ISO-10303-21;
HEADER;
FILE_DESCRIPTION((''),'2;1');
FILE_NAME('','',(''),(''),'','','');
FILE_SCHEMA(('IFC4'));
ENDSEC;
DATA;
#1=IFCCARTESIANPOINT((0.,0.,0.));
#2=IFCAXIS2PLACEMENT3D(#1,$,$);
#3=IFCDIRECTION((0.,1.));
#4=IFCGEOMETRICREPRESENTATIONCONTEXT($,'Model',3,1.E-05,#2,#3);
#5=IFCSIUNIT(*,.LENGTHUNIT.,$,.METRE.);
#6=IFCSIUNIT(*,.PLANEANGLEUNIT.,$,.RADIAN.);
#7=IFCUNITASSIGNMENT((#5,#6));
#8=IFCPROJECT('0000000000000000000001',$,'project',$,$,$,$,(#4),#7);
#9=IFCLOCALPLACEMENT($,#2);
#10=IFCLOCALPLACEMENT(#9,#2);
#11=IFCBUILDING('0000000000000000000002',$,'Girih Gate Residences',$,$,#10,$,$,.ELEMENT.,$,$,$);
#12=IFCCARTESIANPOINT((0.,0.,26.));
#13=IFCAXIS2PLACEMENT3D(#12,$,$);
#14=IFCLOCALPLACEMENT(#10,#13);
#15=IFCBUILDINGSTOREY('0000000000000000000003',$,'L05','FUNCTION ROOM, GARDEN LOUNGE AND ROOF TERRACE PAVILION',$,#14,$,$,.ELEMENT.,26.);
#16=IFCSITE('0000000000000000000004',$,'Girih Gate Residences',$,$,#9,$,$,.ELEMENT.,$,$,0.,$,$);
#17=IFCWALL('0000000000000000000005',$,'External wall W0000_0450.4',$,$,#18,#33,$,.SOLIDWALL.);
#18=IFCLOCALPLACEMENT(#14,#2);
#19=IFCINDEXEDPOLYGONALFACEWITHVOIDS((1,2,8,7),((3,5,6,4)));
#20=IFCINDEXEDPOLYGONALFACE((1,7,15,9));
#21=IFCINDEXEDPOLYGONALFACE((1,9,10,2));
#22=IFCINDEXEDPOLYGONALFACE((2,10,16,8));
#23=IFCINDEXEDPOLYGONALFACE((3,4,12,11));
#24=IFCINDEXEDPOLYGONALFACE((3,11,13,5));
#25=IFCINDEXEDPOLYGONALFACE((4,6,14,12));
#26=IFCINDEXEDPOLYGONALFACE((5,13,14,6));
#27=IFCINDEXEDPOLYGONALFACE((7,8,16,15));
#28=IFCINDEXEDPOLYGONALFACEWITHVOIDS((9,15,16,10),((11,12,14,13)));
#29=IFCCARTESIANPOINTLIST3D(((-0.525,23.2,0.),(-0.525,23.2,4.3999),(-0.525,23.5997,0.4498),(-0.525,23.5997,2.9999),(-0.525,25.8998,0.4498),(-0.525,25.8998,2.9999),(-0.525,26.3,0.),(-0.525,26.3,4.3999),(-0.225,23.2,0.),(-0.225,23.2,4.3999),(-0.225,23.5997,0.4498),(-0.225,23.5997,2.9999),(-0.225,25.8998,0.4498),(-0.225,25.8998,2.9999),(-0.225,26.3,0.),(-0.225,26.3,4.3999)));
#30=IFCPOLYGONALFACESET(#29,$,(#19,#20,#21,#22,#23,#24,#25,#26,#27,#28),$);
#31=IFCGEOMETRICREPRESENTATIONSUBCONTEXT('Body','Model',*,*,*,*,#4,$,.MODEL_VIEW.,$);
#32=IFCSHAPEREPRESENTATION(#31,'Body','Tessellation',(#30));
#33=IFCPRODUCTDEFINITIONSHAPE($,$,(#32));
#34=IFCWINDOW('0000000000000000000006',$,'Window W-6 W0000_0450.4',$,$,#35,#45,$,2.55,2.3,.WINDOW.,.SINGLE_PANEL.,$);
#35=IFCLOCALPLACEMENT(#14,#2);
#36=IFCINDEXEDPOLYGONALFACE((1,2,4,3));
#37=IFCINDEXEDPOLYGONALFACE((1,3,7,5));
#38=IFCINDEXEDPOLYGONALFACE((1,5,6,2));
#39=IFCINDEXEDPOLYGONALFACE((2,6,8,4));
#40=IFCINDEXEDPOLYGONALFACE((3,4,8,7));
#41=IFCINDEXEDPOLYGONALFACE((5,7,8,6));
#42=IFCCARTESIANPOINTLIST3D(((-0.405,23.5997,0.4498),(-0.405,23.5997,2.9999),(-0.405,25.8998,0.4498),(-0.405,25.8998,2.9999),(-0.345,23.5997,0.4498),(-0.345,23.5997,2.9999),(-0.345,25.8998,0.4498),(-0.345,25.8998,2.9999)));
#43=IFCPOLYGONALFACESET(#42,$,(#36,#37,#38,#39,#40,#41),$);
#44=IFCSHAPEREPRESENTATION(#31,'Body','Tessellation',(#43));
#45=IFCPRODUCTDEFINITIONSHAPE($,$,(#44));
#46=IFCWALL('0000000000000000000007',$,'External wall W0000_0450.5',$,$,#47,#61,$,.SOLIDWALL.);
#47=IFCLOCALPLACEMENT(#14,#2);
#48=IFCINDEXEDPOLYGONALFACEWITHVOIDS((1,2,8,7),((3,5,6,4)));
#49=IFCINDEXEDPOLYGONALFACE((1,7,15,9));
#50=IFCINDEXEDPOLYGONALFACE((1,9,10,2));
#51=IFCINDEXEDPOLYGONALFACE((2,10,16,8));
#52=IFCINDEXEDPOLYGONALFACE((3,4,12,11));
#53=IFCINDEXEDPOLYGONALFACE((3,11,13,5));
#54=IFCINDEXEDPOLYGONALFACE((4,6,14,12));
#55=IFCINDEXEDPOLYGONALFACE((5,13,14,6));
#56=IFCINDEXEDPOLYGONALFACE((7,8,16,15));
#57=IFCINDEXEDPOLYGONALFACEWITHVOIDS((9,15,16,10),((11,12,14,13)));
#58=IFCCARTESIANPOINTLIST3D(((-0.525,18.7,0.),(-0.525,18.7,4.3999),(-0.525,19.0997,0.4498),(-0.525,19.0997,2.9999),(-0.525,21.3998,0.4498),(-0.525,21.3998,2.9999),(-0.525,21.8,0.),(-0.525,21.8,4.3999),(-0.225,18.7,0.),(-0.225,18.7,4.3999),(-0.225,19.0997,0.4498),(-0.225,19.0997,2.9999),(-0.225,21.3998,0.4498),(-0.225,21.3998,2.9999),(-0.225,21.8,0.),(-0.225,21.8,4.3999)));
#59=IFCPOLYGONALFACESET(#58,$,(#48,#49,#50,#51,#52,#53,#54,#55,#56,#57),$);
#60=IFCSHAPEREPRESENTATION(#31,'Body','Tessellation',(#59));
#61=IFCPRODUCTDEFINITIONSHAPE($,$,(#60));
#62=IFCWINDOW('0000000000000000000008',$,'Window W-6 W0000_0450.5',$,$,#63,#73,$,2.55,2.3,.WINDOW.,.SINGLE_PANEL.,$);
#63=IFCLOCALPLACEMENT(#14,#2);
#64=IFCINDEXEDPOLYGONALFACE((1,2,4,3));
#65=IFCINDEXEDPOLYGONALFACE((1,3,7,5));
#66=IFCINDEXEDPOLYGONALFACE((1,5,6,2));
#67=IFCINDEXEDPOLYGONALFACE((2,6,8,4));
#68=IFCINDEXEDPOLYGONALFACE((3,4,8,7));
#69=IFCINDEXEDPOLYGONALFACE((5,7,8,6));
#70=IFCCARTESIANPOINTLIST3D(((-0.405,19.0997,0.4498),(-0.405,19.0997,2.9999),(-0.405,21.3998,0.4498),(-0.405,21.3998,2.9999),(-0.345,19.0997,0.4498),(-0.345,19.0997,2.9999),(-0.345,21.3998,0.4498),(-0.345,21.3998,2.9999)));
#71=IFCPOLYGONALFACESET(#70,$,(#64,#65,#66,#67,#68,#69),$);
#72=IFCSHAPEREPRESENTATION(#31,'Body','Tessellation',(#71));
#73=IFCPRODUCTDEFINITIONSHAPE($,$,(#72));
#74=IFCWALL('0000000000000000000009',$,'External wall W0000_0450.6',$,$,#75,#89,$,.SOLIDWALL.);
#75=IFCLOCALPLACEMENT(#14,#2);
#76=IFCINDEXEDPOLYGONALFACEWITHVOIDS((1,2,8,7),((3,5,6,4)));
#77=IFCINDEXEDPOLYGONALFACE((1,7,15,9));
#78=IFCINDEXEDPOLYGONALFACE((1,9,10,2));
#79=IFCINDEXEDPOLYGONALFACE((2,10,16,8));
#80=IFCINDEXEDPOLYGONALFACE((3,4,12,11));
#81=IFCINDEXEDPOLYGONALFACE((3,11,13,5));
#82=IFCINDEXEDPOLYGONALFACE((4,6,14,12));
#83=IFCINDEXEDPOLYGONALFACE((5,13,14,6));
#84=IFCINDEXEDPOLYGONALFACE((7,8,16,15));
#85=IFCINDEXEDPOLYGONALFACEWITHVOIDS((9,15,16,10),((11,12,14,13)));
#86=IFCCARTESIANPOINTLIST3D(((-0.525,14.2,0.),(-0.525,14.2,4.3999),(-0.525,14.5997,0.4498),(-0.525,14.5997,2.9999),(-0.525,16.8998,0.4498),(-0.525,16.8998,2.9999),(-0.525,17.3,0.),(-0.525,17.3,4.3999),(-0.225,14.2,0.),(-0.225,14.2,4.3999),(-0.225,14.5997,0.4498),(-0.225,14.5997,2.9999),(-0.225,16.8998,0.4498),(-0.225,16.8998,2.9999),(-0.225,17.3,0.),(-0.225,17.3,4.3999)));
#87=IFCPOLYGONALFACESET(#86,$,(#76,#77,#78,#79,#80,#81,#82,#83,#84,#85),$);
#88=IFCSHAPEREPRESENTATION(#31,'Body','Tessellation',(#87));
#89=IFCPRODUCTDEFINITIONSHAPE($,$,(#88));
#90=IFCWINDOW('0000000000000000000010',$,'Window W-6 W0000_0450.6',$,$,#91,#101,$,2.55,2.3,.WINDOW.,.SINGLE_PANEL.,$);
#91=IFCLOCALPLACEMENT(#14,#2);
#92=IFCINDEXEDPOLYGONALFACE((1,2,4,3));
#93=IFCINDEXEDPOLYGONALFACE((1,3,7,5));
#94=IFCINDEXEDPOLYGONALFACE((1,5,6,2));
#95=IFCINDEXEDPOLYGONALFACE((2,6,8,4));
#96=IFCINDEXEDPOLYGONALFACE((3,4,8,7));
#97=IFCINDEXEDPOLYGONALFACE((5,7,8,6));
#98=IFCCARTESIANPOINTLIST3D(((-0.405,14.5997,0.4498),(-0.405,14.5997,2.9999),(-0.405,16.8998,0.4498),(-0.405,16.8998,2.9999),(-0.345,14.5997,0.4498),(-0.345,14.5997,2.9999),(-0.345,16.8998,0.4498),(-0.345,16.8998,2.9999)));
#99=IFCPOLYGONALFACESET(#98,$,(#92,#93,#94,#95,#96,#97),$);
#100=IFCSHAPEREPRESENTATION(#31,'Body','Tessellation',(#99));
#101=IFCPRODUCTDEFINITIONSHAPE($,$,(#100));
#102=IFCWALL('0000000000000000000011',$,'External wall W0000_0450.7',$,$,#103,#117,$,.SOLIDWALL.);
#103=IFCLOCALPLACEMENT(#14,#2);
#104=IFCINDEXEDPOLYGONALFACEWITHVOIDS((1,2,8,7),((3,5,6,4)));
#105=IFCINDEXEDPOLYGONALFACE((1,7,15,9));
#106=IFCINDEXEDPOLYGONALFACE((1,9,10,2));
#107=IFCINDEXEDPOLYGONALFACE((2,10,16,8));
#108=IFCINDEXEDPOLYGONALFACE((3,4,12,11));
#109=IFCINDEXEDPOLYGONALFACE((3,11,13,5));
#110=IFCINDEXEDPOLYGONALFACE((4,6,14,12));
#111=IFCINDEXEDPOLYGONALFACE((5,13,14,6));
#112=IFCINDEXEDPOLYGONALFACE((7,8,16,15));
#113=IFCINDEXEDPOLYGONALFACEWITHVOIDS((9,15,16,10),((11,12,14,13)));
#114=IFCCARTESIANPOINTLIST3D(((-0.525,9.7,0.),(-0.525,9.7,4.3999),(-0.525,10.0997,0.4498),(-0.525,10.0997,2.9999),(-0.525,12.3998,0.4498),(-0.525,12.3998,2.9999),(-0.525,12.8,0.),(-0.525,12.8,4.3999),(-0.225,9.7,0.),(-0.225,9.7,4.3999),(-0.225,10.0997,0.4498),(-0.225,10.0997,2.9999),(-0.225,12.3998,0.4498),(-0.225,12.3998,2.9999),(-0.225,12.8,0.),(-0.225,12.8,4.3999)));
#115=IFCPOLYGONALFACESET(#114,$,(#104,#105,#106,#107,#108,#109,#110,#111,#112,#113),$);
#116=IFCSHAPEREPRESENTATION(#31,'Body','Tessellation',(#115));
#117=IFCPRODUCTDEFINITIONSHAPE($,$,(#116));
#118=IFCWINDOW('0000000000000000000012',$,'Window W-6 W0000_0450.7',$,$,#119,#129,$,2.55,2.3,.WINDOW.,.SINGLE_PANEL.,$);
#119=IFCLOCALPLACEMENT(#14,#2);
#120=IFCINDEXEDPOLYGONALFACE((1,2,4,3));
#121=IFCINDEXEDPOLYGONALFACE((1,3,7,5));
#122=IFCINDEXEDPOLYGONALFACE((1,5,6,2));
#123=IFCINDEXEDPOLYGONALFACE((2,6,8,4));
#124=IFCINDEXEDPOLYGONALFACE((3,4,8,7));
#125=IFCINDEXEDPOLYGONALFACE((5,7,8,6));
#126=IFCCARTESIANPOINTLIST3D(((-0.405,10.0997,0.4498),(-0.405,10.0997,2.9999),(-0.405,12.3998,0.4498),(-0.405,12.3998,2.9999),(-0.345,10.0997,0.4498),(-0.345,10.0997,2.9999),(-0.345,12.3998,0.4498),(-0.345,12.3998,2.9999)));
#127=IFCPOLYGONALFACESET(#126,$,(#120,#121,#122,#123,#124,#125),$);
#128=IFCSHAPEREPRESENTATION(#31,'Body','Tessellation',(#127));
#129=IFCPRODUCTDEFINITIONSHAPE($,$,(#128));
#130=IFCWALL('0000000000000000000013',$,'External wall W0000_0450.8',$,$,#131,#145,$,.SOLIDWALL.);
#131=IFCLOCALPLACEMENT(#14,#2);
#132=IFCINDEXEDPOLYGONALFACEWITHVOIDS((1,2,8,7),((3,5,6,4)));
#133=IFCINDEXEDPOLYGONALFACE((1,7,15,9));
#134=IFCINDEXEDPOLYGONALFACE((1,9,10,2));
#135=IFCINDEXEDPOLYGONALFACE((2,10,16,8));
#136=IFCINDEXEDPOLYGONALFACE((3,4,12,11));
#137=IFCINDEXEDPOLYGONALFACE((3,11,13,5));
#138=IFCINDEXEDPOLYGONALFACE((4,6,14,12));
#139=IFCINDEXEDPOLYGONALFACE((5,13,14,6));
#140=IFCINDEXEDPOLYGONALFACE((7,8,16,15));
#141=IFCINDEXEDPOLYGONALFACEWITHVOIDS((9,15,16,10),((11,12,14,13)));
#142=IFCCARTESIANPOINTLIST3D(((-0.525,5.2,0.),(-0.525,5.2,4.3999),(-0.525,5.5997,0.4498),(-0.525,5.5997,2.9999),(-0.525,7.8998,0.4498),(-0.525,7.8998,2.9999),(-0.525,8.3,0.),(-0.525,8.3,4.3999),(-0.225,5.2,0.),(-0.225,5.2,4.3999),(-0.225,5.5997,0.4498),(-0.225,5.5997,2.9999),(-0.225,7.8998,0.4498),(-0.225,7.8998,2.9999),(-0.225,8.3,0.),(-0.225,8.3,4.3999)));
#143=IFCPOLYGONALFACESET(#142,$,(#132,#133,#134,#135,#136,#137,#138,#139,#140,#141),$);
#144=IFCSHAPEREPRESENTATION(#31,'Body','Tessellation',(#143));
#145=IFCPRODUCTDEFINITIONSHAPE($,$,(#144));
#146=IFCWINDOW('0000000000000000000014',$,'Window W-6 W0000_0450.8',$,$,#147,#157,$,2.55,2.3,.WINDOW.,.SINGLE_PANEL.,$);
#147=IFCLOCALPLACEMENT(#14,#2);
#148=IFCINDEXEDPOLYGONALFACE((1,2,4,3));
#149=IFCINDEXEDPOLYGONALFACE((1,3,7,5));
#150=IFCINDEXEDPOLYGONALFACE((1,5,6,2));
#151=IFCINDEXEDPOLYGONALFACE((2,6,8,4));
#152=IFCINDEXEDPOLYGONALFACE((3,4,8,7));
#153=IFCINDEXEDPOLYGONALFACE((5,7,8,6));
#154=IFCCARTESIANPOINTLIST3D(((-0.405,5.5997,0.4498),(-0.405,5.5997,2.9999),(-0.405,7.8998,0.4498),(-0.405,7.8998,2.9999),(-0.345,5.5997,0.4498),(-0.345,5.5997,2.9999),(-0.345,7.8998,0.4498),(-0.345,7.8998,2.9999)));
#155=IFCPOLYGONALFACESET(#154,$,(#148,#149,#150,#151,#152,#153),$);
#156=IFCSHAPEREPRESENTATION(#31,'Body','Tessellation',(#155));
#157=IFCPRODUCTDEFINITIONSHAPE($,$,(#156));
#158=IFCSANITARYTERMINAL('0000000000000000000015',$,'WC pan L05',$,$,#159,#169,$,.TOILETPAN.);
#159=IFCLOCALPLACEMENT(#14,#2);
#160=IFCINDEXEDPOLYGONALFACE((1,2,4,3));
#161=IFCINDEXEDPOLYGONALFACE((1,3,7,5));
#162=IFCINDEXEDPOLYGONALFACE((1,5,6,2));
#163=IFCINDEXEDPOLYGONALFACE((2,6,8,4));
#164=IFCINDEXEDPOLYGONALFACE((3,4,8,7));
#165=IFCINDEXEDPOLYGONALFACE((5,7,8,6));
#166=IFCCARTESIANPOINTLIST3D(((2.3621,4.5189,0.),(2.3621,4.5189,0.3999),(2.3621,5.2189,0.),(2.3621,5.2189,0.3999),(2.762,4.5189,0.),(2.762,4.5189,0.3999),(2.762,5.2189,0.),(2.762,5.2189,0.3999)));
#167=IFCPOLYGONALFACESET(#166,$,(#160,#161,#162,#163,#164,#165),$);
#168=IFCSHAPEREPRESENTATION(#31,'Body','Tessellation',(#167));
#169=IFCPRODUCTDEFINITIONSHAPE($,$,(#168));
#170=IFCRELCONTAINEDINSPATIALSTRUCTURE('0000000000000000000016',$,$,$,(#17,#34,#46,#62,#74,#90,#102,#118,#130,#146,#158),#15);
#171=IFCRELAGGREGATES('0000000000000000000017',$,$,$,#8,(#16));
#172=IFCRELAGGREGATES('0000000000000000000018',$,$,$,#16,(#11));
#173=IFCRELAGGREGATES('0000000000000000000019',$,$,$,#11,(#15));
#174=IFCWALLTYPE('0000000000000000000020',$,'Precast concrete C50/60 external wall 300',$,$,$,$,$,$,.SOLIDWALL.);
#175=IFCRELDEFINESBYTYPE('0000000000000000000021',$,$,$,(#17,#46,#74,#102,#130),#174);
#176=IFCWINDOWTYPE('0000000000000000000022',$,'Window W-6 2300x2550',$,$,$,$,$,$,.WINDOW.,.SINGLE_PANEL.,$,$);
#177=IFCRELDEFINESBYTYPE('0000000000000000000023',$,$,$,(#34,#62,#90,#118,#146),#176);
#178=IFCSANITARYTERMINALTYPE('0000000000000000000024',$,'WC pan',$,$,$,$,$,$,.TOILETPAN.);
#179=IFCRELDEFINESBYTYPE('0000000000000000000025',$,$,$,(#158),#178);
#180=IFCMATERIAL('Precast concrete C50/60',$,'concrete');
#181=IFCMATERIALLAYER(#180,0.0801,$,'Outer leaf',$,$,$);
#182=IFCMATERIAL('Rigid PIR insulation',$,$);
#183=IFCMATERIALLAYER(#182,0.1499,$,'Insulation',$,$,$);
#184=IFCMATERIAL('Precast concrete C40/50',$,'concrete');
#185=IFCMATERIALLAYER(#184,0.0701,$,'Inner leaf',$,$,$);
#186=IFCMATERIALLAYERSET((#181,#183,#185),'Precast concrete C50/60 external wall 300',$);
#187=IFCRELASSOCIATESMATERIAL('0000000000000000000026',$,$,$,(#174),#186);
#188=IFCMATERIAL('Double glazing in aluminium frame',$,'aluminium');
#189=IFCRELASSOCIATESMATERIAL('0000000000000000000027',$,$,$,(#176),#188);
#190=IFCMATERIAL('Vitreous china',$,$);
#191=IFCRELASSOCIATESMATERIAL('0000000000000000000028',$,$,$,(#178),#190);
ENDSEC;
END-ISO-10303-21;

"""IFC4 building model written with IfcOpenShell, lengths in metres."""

from ifc_helpers import new_model, si_unit, direction, frame, frame_2d, origin, origin_2d, place, context, subcontext, project, spatial, rectangle, extrude, material, layer, layer_set, type_object, element, fill, save


model = new_model("IFC4")

# Units and contexts
model_context = context("Model", 3, precision=1e-05, world=origin(), true_north=direction((0.0, 1.0)))
body_context = subcontext(model_context, "Body", "Model", "MODEL_VIEW")
ifc_project = project(units=[si_unit("LENGTHUNIT", "METRE"), si_unit("PLANEANGLEUNIT", "RADIAN")], contexts=[model_context])

# Site, building, storey
site_placement = place(None, origin())
site = spatial("IfcSite", under=ifc_project, at=site_placement, Name="Girih Gate Residences", CompositionType="ELEMENT", RefElevation=0.0)
building_placement = place(site_placement, origin())
building = spatial("IfcBuilding", under=site, at=building_placement, Name="Girih Gate Residences", CompositionType="ELEMENT")
storey_placement = place(building_placement, frame((0.0, 0.0, 26.0)))
storey = spatial("IfcBuildingStorey", under=building, at=storey_placement, Name="L05", Description="FUNCTION ROOM, GARDEN LOUNGE AND ROOF TERRACE PAVILION", CompositionType="ELEMENT", Elevation=26.0)

# Walls, openings, windows
ifc_material_1 = material(Name="Precast concrete C50/60", Category="concrete")
ifc_layer_1 = layer(ifc_material_1, 0.0801, Name="Outer leaf")
ifc_material_2 = material(Name="Rigid PIR insulation")
ifc_layer_2 = layer(ifc_material_2, 0.1499, Name="Insulation")
ifc_material_3 = material(Name="Precast concrete C40/50", Category="concrete")
ifc_layer_3 = layer(ifc_material_3, 0.0701, Name="Inner leaf")
ifc_layer_set_1 = layer_set([ifc_layer_1, ifc_layer_2, ifc_layer_3], Name="Precast concrete C50/60 external wall 300")
wall_type_1 = type_object("IfcWallType", Name="Precast concrete C50/60 external wall 300", PredefinedType="SOLIDWALL", material=ifc_layer_set_1)
wall_1_placement = place(storey_placement, frame((-0.375, 23.2, 0.0), z_axis=(0.0, 0.0, 1.0), x_axis=(0.0, 1.0, 0.0)))
wall_1 = element("IfcWall", 1, at=wall_1_placement, inside=storey, type_object=wall_type_1, Name="External wall W0000_0450.4", PredefinedType="SOLIDWALL", context=body_context, shape_type="SweptSolid", body=[
    extrude(rectangle(XDim=3.1001, YDim=0.3, at=frame_2d((1.55, 0.0))), origin(), (0.0, 0.0, 1.0), 4.3999),
])
opening_1_placement = place(wall_1_placement, frame((0.3999, 0.0, 0.45)))
opening_1 = element("IfcOpeningElement", 2, at=opening_1_placement, cuts=wall_1, PredefinedType="OPENING", context=body_context, shape_type="SweptSolid", body=[
    extrude(rectangle(XDim=2.3, YDim=2.55, at=frame_2d((1.1499, 1.2749))), frame((0.0, 0.1599, 0.0), z_axis=(0.0, -1.0, 0.0), x_axis=(1.0, 0.0, 0.0)), (0.0, 0.0, 1.0), 0.3201),
])
ifc_material_4 = material(Name="Double glazing in aluminium frame", Category="aluminium")
window_type = type_object("IfcWindowType", Name="Window W-6 2300x2550", PartitioningType="SINGLE_PANEL", PredefinedType="WINDOW", material=ifc_material_4)
window_1_placement = place(opening_1_placement, origin())
window_1 = element("IfcWindow", 3, at=window_1_placement, inside=storey, type_object=window_type, Name="Window W-6 W0000_0450.4", OverallHeight=2.55, OverallWidth=2.3, PartitioningType="SINGLE_PANEL", PredefinedType="WINDOW", context=body_context, shape_type="SweptSolid", body=[
    extrude(rectangle(XDim=2.3, YDim=2.55, at=frame_2d((1.1499, 1.2749))), frame((0.0, 0.03, 0.0), z_axis=(0.0, -1.0, 0.0), x_axis=(1.0, 0.0, 0.0)), (0.0, 0.0, 1.0), 0.0601),
])
fill(opening_1, window_1)
wall_2_placement = place(storey_placement, frame((-0.375, 18.7, 0.0), z_axis=(0.0, 0.0, 1.0), x_axis=(0.0, 1.0, 0.0)))
wall_2 = element("IfcWall", 4, at=wall_2_placement, inside=storey, type_object=wall_type_1, Name="External wall W0000_0450.5", PredefinedType="SOLIDWALL", context=body_context, shape_type="SweptSolid", body=[
    extrude(rectangle(XDim=3.1001, YDim=0.3, at=frame_2d((1.55, 0.0))), origin(), (0.0, 0.0, 1.0), 4.3999),
])
opening_2_placement = place(wall_2_placement, frame((0.3999, 0.0, 0.45)))
opening_2 = element("IfcOpeningElement", 5, at=opening_2_placement, cuts=wall_2, PredefinedType="OPENING", context=body_context, shape_type="SweptSolid", body=[
    extrude(rectangle(XDim=2.3, YDim=2.55, at=frame_2d((1.1499, 1.2749))), frame((0.0, 0.1599, 0.0), z_axis=(0.0, -1.0, 0.0), x_axis=(1.0, 0.0, 0.0)), (0.0, 0.0, 1.0), 0.3201),
])
window_2_placement = place(opening_2_placement, origin())
window_2 = element("IfcWindow", 6, at=window_2_placement, inside=storey, type_object=window_type, Name="Window W-6 W0000_0450.5", OverallHeight=2.55, OverallWidth=2.3, PartitioningType="SINGLE_PANEL", PredefinedType="WINDOW", context=body_context, shape_type="SweptSolid", body=[
    extrude(rectangle(XDim=2.3, YDim=2.55, at=frame_2d((1.1499, 1.2749))), frame((0.0, 0.03, 0.0), z_axis=(0.0, -1.0, 0.0), x_axis=(1.0, 0.0, 0.0)), (0.0, 0.0, 1.0), 0.0601),
])
fill(opening_2, window_2)
wall_3_placement = place(storey_placement, frame((-0.375, 14.2, 0.0), z_axis=(0.0, 0.0, 1.0), x_axis=(0.0, 1.0, 0.0)))
wall_3 = element("IfcWall", 7, at=wall_3_placement, inside=storey, type_object=wall_type_1, Name="External wall W0000_0450.6", PredefinedType="SOLIDWALL", context=body_context, shape_type="SweptSolid", body=[
    extrude(rectangle(XDim=3.1001, YDim=0.3, at=frame_2d((1.55, 0.0))), origin(), (0.0, 0.0, 1.0), 4.3999),
])
opening_3_placement = place(wall_3_placement, frame((0.3999, 0.0, 0.45)))
opening_3 = element("IfcOpeningElement", 8, at=opening_3_placement, cuts=wall_3, PredefinedType="OPENING", context=body_context, shape_type="SweptSolid", body=[
    extrude(rectangle(XDim=2.3, YDim=2.55, at=frame_2d((1.1499, 1.2749))), frame((0.0, 0.1599, 0.0), z_axis=(0.0, -1.0, 0.0), x_axis=(1.0, 0.0, 0.0)), (0.0, 0.0, 1.0), 0.3201),
])
window_3_placement = place(opening_3_placement, origin())
window_3 = element("IfcWindow", 9, at=window_3_placement, inside=storey, type_object=window_type, Name="Window W-6 W0000_0450.6", OverallHeight=2.55, OverallWidth=2.3, PartitioningType="SINGLE_PANEL", PredefinedType="WINDOW", context=body_context, shape_type="SweptSolid", body=[
    extrude(rectangle(XDim=2.3, YDim=2.55, at=frame_2d((1.1499, 1.2749))), frame((0.0, 0.03, 0.0), z_axis=(0.0, -1.0, 0.0), x_axis=(1.0, 0.0, 0.0)), (0.0, 0.0, 1.0), 0.0601),
])
fill(opening_3, window_3)
wall_4_placement = place(storey_placement, frame((-0.375, 9.7, 0.0), z_axis=(0.0, 0.0, 1.0), x_axis=(0.0, 1.0, 0.0)))
wall_4 = element("IfcWall", 10, at=wall_4_placement, inside=storey, type_object=wall_type_1, Name="External wall W0000_0450.7", PredefinedType="SOLIDWALL", context=body_context, shape_type="SweptSolid", body=[
    extrude(rectangle(XDim=3.1001, YDim=0.3, at=frame_2d((1.55, 0.0))), origin(), (0.0, 0.0, 1.0), 4.3999),
])
opening_4_placement = place(wall_4_placement, frame((0.3999, 0.0, 0.45)))
opening_4 = element("IfcOpeningElement", 11, at=opening_4_placement, cuts=wall_4, PredefinedType="OPENING", context=body_context, shape_type="SweptSolid", body=[
    extrude(rectangle(XDim=2.3, YDim=2.55, at=frame_2d((1.1499, 1.2749))), frame((0.0, 0.1599, 0.0), z_axis=(0.0, -1.0, 0.0), x_axis=(1.0, 0.0, 0.0)), (0.0, 0.0, 1.0), 0.3201),
])
window_4_placement = place(opening_4_placement, origin())
window_4 = element("IfcWindow", 12, at=window_4_placement, inside=storey, type_object=window_type, Name="Window W-6 W0000_0450.7", OverallHeight=2.55, OverallWidth=2.3, PartitioningType="SINGLE_PANEL", PredefinedType="WINDOW", context=body_context, shape_type="SweptSolid", body=[
    extrude(rectangle(XDim=2.3, YDim=2.55, at=frame_2d((1.1499, 1.2749))), frame((0.0, 0.03, 0.0), z_axis=(0.0, -1.0, 0.0), x_axis=(1.0, 0.0, 0.0)), (0.0, 0.0, 1.0), 0.0601),
])
fill(opening_4, window_4)
wall_5_placement = place(storey_placement, frame((-0.375, 5.2, 0.0), z_axis=(0.0, 0.0, 1.0), x_axis=(0.0, 1.0, 0.0)))
wall_5 = element("IfcWall", 13, at=wall_5_placement, inside=storey, type_object=wall_type_1, Name="External wall W0000_0450.8", PredefinedType="SOLIDWALL", context=body_context, shape_type="SweptSolid", body=[
    extrude(rectangle(XDim=3.1001, YDim=0.3, at=frame_2d((1.55, 0.0))), origin(), (0.0, 0.0, 1.0), 4.3999),
])
opening_5_placement = place(wall_5_placement, frame((0.3999, 0.0, 0.45)))
opening_5 = element("IfcOpeningElement", 14, at=opening_5_placement, cuts=wall_5, PredefinedType="OPENING", context=body_context, shape_type="SweptSolid", body=[
    extrude(rectangle(XDim=2.3, YDim=2.55, at=frame_2d((1.1499, 1.2749))), frame((0.0, 0.1599, 0.0), z_axis=(0.0, -1.0, 0.0), x_axis=(1.0, 0.0, 0.0)), (0.0, 0.0, 1.0), 0.3201),
])
window_5_placement = place(opening_5_placement, origin())
window_5 = element("IfcWindow", 15, at=window_5_placement, inside=storey, type_object=window_type, Name="Window W-6 W0000_0450.8", OverallHeight=2.55, OverallWidth=2.3, PartitioningType="SINGLE_PANEL", PredefinedType="WINDOW", context=body_context, shape_type="SweptSolid", body=[
    extrude(rectangle(XDim=2.3, YDim=2.55, at=frame_2d((1.1499, 1.2749))), frame((0.0, 0.03, 0.0), z_axis=(0.0, -1.0, 0.0), x_axis=(1.0, 0.0, 0.0)), (0.0, 0.0, 1.0), 0.0601),
])
fill(opening_5, window_5)

# Sanitary terminal
ifc_material_5 = material(Name="Vitreous china")
sanitary_terminal_type = type_object("IfcSanitaryTerminalType", Name="WC pan", PredefinedType="TOILETPAN", material=ifc_material_5)
for number, where, z_axis, x_axis, name in (
    (16, (2.562, 4.8689, 0.0), (0.0, 0.0, 1.0), (1.0, 0.0, 0.0), "WC pan L05"),
):
    element("IfcSanitaryTerminal", number, at=place(storey_placement, frame(where, z_axis=z_axis, x_axis=x_axis)), inside=storey, type_object=sanitary_terminal_type, Name=name, PredefinedType="TOILETPAN", context=body_context, shape_type="SweptSolid", body=[
        extrude(rectangle(XDim=0.3999, YDim=0.7, at=origin_2d()), origin(), (0.0, 0.0, 1.0), 0.3999),
    ])

save(model, "model.ifc")
